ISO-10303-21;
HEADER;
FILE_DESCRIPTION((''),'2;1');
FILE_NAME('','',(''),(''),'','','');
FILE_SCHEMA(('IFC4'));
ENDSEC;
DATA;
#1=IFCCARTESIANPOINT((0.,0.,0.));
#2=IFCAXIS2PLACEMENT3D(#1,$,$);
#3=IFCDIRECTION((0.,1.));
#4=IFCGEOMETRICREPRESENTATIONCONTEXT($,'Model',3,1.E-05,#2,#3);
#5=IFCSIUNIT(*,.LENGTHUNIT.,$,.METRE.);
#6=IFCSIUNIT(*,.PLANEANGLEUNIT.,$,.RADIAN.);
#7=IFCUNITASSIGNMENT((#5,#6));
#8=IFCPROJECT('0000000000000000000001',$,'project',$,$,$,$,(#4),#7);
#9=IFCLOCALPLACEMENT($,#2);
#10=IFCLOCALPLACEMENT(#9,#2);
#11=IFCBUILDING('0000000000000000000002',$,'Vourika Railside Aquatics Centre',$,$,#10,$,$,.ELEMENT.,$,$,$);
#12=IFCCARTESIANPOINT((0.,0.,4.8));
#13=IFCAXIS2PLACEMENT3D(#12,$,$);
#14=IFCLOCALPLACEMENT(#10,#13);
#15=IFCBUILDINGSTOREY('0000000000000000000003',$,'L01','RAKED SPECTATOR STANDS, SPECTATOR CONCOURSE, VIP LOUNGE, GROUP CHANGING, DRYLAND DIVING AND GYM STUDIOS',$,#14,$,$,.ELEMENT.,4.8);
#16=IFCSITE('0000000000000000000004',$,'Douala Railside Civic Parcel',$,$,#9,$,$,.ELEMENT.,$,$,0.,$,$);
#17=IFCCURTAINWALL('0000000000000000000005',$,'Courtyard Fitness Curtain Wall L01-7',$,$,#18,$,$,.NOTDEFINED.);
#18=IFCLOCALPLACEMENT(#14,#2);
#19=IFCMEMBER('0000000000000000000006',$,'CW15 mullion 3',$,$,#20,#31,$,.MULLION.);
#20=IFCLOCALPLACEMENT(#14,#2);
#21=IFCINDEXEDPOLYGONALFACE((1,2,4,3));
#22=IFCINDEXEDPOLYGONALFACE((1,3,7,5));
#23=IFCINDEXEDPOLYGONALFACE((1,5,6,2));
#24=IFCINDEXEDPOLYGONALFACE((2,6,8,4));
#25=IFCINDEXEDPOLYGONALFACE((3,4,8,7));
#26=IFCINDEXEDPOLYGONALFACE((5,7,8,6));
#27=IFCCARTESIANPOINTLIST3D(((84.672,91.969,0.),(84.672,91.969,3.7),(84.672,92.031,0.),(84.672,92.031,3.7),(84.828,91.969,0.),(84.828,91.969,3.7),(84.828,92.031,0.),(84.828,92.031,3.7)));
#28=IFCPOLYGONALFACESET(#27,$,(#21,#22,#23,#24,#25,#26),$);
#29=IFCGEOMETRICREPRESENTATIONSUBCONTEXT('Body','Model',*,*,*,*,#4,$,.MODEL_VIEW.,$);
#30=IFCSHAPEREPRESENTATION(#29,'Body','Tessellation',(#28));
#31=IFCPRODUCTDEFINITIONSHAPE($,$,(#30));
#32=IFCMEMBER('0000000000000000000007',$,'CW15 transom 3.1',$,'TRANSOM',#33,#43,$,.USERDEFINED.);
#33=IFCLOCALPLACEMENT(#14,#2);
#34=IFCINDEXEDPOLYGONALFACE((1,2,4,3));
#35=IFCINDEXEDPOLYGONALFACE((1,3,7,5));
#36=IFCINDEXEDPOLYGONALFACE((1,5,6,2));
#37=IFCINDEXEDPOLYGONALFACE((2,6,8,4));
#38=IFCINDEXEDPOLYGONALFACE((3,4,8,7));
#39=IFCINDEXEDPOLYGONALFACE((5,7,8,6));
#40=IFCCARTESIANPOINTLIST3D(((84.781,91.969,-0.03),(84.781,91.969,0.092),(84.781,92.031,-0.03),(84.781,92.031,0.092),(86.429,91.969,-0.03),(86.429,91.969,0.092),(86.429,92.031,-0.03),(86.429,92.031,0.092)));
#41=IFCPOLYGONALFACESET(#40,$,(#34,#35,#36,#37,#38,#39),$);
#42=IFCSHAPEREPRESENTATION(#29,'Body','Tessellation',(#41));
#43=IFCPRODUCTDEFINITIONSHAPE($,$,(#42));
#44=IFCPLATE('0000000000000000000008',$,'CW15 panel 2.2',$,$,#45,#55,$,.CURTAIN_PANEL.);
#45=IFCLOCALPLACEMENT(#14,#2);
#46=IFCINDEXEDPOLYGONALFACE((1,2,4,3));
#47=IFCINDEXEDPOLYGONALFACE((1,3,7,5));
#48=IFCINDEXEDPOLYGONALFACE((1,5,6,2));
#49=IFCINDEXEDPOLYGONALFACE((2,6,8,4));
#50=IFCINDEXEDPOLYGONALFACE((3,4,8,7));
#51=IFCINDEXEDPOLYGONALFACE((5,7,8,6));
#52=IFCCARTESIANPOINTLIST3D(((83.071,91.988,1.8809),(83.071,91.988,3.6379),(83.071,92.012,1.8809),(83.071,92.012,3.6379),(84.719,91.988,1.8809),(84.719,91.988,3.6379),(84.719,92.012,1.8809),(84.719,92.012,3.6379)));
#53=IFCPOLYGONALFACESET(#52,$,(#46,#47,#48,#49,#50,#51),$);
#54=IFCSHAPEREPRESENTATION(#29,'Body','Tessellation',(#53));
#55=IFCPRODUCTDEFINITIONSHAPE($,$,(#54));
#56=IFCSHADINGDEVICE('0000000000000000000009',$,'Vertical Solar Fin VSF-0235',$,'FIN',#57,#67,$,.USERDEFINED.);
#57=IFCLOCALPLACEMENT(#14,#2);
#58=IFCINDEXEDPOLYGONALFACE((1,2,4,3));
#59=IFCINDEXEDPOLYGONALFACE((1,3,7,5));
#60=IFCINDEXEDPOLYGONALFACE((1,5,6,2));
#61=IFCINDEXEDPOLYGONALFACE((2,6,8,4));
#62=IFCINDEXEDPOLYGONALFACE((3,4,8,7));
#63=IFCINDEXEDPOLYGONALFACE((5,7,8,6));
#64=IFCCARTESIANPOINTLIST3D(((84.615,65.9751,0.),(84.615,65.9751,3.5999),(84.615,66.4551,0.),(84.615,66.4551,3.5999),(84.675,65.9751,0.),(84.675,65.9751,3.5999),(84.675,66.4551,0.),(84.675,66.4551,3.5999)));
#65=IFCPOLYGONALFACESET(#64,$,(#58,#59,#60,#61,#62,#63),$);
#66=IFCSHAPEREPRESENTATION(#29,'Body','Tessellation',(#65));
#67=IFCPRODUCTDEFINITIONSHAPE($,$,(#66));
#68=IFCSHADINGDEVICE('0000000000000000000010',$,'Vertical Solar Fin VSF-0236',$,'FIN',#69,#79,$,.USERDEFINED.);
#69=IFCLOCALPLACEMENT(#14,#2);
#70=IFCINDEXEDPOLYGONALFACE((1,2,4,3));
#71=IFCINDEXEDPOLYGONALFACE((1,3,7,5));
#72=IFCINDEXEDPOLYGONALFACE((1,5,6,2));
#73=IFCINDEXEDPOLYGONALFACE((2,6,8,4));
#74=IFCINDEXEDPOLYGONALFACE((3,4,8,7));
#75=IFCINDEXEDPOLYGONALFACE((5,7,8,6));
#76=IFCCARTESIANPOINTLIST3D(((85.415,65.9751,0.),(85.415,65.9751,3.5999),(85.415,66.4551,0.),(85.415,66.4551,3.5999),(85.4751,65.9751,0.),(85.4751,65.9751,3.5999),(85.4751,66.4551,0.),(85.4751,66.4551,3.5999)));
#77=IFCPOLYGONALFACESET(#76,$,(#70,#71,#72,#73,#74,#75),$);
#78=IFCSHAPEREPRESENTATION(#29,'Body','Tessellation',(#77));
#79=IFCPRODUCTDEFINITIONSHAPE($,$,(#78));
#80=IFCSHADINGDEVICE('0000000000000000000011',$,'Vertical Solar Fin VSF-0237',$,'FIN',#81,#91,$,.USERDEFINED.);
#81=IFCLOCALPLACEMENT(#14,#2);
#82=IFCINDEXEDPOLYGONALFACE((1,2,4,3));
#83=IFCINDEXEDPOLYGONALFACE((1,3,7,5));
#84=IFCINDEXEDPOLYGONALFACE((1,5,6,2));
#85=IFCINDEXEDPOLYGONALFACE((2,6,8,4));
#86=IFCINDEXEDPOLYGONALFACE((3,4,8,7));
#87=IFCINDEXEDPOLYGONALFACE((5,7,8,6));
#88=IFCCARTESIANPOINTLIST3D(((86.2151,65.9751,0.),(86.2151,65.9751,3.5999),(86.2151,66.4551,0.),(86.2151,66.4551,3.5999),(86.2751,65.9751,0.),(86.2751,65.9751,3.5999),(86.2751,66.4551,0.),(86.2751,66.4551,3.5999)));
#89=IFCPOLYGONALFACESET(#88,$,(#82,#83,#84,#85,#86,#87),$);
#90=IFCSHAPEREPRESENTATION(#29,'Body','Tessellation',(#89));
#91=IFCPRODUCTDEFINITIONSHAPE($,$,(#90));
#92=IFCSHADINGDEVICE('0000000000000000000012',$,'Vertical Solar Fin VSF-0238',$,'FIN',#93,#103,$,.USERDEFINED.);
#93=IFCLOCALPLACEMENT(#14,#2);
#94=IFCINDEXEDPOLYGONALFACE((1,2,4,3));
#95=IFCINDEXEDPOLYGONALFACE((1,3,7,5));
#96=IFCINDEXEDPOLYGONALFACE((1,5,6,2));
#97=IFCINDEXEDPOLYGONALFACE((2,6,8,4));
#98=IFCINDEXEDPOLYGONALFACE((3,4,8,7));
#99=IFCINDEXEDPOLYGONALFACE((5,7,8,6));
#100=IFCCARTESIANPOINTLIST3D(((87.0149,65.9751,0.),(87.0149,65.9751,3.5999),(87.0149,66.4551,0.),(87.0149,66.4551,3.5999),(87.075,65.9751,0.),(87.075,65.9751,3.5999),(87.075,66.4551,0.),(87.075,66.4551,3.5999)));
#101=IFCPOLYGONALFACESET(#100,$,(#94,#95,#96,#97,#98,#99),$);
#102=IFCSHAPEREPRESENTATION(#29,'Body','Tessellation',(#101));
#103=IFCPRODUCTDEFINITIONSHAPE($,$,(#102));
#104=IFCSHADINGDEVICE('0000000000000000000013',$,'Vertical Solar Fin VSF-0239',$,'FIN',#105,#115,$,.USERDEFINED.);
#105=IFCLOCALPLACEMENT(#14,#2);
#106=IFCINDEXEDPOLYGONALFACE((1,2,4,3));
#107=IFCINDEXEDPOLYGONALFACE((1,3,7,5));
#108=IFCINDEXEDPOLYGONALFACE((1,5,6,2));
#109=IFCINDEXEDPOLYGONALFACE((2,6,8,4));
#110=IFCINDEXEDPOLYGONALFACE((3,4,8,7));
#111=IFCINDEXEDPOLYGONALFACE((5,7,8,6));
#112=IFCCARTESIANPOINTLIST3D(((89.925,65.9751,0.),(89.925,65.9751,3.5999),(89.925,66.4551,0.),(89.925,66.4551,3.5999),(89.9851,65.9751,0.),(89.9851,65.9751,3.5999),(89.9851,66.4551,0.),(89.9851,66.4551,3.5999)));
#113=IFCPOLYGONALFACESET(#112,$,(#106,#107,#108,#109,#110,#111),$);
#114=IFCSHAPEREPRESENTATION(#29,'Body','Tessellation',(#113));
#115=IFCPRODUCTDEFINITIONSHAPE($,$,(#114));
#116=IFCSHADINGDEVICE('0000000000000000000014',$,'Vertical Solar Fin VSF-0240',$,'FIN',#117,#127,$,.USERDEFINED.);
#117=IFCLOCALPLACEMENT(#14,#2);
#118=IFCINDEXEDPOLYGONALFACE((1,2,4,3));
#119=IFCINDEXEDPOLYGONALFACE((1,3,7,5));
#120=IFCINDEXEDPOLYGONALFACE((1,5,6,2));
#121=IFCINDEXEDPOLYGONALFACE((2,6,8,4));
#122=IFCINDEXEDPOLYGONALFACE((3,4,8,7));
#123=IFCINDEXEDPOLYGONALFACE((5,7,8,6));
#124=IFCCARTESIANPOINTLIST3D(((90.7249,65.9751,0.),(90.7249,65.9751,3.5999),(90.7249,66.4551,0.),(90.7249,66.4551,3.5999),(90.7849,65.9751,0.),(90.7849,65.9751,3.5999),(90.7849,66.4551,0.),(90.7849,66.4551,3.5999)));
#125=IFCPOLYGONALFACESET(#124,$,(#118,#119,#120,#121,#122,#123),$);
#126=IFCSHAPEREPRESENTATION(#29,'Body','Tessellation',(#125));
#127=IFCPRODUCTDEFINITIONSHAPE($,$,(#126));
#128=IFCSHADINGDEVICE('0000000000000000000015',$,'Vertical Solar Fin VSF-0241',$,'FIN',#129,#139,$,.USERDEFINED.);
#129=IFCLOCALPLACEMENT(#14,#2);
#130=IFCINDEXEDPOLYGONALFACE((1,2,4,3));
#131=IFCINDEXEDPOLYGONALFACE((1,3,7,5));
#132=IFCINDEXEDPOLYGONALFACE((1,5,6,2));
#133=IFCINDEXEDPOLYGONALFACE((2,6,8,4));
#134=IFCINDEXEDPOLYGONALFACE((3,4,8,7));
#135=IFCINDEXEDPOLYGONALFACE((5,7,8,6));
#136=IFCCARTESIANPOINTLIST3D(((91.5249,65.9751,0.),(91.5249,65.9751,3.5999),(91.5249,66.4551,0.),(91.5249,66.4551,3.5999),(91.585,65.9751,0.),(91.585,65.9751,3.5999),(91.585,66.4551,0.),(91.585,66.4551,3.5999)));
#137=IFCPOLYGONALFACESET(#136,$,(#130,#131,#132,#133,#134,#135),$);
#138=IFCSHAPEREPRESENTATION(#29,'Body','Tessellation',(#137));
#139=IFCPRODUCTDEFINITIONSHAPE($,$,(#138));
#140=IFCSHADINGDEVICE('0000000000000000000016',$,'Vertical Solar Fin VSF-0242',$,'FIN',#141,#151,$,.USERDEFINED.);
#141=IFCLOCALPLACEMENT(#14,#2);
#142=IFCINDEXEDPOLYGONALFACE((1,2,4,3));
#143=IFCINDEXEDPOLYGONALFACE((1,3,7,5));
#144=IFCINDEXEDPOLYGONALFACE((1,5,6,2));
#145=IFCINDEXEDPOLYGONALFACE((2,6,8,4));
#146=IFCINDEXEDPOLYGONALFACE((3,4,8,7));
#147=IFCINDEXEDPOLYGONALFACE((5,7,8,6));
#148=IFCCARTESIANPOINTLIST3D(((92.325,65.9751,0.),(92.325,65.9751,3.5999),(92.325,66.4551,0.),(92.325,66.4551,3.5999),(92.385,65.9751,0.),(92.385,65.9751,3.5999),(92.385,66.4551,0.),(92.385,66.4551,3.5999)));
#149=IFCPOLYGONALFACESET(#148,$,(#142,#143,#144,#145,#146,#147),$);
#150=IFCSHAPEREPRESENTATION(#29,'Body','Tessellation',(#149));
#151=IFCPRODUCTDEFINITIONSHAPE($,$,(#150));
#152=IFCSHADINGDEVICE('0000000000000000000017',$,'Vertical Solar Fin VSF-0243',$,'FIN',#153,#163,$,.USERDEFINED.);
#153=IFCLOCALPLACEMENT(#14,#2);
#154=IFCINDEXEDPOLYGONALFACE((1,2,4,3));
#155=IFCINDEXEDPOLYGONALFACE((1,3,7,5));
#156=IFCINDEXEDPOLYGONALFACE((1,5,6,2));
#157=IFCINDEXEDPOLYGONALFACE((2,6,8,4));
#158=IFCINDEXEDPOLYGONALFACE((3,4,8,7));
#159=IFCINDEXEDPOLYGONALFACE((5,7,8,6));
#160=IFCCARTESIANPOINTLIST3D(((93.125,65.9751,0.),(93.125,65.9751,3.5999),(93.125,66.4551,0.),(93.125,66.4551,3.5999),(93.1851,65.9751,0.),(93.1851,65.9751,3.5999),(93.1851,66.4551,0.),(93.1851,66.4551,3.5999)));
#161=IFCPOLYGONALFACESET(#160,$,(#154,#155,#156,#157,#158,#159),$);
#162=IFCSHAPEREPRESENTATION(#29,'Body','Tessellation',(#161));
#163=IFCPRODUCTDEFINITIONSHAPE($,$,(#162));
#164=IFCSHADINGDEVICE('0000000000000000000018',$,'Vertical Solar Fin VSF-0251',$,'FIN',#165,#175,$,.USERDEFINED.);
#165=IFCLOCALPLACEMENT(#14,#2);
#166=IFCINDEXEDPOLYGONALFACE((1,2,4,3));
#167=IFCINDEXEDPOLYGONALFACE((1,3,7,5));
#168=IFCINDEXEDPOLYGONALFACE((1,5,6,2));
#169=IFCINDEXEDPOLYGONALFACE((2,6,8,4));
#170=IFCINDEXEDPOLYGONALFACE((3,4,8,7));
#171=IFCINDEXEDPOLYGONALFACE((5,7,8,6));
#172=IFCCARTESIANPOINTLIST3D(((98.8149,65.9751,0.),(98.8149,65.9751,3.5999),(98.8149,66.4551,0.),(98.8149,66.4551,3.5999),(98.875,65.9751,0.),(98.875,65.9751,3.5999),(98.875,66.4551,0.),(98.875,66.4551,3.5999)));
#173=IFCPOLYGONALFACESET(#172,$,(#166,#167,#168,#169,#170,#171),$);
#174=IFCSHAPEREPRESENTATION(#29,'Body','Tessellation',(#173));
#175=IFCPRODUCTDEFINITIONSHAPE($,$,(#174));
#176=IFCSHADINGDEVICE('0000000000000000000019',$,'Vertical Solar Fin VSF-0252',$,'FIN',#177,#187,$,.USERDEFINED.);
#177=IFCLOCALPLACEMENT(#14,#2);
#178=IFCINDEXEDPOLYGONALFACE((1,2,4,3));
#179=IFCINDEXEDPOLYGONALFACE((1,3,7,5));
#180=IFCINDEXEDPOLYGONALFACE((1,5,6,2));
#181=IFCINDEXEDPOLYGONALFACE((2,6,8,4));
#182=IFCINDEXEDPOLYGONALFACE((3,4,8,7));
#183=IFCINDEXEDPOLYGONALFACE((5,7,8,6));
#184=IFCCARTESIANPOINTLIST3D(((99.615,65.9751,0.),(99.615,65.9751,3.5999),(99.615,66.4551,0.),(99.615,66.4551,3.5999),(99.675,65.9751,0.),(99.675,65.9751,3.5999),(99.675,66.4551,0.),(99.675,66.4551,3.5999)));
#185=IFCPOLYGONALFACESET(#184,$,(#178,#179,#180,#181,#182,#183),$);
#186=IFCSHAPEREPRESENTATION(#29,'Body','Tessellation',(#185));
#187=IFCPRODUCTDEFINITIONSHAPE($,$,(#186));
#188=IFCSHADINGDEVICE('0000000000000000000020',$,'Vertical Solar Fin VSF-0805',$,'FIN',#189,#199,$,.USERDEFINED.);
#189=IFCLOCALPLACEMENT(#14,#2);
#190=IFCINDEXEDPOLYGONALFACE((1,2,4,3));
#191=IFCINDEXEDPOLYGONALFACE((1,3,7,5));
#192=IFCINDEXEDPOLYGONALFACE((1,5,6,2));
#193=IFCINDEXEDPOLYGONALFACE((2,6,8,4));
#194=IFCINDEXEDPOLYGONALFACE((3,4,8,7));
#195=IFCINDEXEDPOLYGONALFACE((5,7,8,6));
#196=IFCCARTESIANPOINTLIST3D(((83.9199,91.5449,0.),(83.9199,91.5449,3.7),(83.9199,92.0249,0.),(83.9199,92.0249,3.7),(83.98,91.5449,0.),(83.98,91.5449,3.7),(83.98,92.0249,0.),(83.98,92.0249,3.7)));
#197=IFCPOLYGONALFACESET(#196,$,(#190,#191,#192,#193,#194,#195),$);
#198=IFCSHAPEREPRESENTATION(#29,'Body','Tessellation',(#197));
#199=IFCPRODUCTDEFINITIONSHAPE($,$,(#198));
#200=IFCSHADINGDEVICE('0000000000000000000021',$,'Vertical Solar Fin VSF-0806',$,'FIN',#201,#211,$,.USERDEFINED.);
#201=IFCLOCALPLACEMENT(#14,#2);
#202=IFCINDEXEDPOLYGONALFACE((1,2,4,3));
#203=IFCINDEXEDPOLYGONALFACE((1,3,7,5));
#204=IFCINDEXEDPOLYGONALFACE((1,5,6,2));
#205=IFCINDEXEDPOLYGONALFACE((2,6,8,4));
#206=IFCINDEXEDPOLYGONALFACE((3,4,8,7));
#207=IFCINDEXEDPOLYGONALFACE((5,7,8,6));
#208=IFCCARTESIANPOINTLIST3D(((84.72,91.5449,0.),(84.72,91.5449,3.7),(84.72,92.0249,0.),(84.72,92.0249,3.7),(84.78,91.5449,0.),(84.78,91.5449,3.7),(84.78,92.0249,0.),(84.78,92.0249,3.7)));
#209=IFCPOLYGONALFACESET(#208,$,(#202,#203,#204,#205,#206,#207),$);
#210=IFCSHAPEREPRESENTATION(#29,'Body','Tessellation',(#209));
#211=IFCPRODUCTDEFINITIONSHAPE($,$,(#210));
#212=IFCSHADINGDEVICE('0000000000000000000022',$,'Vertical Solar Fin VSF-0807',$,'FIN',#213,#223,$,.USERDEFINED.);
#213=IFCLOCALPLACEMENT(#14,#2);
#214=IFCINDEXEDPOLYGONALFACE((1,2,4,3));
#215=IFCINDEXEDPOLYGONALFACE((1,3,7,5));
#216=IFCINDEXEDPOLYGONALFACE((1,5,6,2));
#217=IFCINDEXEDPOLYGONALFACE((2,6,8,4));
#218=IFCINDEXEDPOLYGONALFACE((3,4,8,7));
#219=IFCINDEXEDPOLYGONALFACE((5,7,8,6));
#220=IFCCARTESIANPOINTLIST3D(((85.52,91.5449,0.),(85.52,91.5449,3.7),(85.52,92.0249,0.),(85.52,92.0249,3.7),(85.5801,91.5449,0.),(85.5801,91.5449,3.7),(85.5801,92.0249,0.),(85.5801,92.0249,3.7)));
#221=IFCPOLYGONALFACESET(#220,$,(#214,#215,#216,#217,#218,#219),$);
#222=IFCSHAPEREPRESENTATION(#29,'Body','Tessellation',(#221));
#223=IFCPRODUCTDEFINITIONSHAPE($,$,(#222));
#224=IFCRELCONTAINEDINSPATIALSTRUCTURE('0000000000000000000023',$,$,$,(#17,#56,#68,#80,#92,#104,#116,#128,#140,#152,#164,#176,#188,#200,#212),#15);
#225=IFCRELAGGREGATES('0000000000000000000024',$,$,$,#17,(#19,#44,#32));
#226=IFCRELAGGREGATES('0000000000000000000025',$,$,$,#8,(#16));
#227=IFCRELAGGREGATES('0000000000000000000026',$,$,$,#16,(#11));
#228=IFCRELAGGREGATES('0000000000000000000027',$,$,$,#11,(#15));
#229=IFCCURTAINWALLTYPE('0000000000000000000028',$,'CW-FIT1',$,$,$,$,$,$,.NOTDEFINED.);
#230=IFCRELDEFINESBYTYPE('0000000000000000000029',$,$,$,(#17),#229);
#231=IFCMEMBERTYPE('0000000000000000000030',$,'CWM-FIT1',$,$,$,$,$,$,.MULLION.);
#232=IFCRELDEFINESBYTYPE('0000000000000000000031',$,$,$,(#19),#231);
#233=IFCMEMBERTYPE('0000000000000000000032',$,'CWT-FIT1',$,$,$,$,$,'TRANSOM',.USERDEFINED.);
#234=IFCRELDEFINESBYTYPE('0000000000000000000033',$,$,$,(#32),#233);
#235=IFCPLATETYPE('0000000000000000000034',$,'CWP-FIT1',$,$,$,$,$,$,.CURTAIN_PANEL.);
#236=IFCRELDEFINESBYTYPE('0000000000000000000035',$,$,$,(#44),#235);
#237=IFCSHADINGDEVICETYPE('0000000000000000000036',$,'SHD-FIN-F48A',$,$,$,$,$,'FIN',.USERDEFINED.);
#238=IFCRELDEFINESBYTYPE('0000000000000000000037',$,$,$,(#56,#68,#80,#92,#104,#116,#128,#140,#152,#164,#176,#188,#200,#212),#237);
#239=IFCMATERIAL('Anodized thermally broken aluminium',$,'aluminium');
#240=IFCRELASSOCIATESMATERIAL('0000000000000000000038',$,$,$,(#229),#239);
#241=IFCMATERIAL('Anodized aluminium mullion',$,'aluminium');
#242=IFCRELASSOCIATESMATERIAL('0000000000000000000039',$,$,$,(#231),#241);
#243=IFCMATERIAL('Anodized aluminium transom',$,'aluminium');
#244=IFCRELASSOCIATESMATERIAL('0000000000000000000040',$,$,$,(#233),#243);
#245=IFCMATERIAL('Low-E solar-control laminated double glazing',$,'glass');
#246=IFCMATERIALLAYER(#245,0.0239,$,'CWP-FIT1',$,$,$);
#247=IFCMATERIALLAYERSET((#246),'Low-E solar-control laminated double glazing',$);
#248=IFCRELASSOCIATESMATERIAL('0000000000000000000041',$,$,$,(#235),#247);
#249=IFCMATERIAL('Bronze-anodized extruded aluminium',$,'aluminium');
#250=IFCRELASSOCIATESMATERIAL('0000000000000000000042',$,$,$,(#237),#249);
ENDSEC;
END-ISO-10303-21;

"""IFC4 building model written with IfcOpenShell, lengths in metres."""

from ifc_helpers import new_model, si_unit, direction, frame, origin, origin_2d, place, context, subcontext, project, spatial, rectangle, extrude, material, layer, layer_set, material_profile, profile_set, type_object, element, aggregate, save


model = new_model("IFC4")

# Units and contexts
model_context = context("Model", 3, precision=1e-05, world=origin(), true_north=direction((0.0, 1.0)))
body_context = subcontext(model_context, "Body", "Model", "MODEL_VIEW")
ifc_project = project(units=[si_unit("LENGTHUNIT", "METRE"), si_unit("PLANEANGLEUNIT", "RADIAN")], contexts=[model_context])

# Site, building, storey
site_placement = place(None, origin())
site = spatial("IfcSite", under=ifc_project, at=site_placement, Name="Douala Railside Civic Parcel", CompositionType="ELEMENT", RefElevation=0.0)
building_placement = place(site_placement, origin())
building = spatial("IfcBuilding", under=site, at=building_placement, Name="Vourika Railside Aquatics Centre", CompositionType="ELEMENT")
storey_placement = place(building_placement, frame((0.0, 0.0, 4.8)))
storey = spatial("IfcBuildingStorey", under=building, at=storey_placement, Name="L01", Description="RAKED SPECTATOR STANDS, SPECTATOR CONCOURSE, VIP LOUNGE, GROUP CHANGING, DRYLAND DIVING AND GYM STUDIOS", CompositionType="ELEMENT", Elevation=4.8)

# Curtain wall, members, plate
ifc_material_1 = material(Name="Anodized thermally broken aluminium", Category="aluminium")
curtain_wall_type = type_object("IfcCurtainWallType", Name="CW-FIT1", PredefinedType="NOTDEFINED", material=ifc_material_1)
curtain_wall_placement = place(storey_placement, origin())
curtain_wall = element("IfcCurtainWall", 1, at=curtain_wall_placement, inside=storey, type_object=curtain_wall_type, Name="Courtyard Fitness Curtain Wall L01-7", PredefinedType="NOTDEFINED")
ifc_material_2 = material(Name="Anodized aluminium mullion", Category="aluminium")
ifc_material_profile_1 = material_profile(ifc_material_2, rectangle(XDim=0.062, YDim=0.156, at=origin_2d()), Name="ALU-M 62x156")
ifc_profile_set_1 = profile_set([ifc_material_profile_1], Name="Anodized aluminium mullion")
member_type_1 = type_object("IfcMemberType", Name="CWM-FIT1", PredefinedType="MULLION", material=ifc_profile_set_1)
member_1_placement = place(storey_placement, frame((84.75, 92.0, 0.0), z_axis=(0.0, 0.0, 1.0), x_axis=(0.0, 1.0, 0.0)))
member_1 = element("IfcMember", 2, at=member_1_placement, type_object=member_type_1, Name="CW15 mullion 3", PredefinedType="MULLION", context=body_context, shape_type="SweptSolid", body=[
    extrude(rectangle(XDim=0.062, YDim=0.156, at=origin_2d()), origin(), (0.0, 0.0, 1.0), 3.7),
])
ifc_material_3 = material(Name="Anodized aluminium transom", Category="aluminium")
ifc_material_profile_2 = material_profile(ifc_material_3, rectangle(XDim=0.062, YDim=0.1221, at=origin_2d()), Name="ALU-T 62x122")
ifc_profile_set_2 = profile_set([ifc_material_profile_2], Name="Anodized aluminium transom")
member_type_2 = type_object("IfcMemberType", Name="CWT-FIT1", ElementType="TRANSOM", PredefinedType="USERDEFINED", material=ifc_profile_set_2)
member_2_placement = place(storey_placement, frame((84.781, 92.0, 0.031), z_axis=(1.0, 0.0, 0.0), x_axis=(0.0, 1.0, 0.0)))
member_2 = element("IfcMember", 3, at=member_2_placement, type_object=member_type_2, Name="CW15 transom 3.1", ObjectType="TRANSOM", PredefinedType="USERDEFINED", context=body_context, shape_type="SweptSolid", body=[
    extrude(rectangle(XDim=0.062, YDim=0.1221, at=origin_2d()), origin(), (0.0, 0.0, 1.0), 1.6479),
])
ifc_material_4 = material(Name="Low-E solar-control laminated double glazing", Category="glass")
ifc_layer = layer(ifc_material_4, 0.0239, Name="CWP-FIT1")
ifc_layer_set = layer_set([ifc_layer], Name="Low-E solar-control laminated double glazing")
plate_type = type_object("IfcPlateType", Name="CWP-FIT1", PredefinedType="CURTAIN_PANEL", material=ifc_layer_set)
plate_placement = place(storey_placement, frame((83.895, 92.0, 1.8809), z_axis=(0.0, 0.0, 1.0), x_axis=(1.0, 0.0, 0.0)))
plate = element("IfcPlate", 4, at=plate_placement, type_object=plate_type, Name="CW15 panel 2.2", PredefinedType="CURTAIN_PANEL", context=body_context, shape_type="SweptSolid", body=[
    extrude(rectangle(XDim=1.6479, YDim=0.0239, at=origin_2d()), origin(), (0.0, 0.0, 1.0), 1.7571),
])
aggregate(curtain_wall, [member_1, plate, member_2])

# Shading devices
ifc_material_5 = material(Name="Bronze-anodized extruded aluminium", Category="aluminium")
ifc_material_profile_3 = material_profile(ifc_material_5, rectangle(XDim=0.0601, YDim=0.48, at=origin_2d()), Name="ALU-FIN 60x480")
ifc_profile_set_3 = profile_set([ifc_material_profile_3], Name="Bronze-anodized extruded aluminium")
shading_device_type = type_object("IfcShadingDeviceType", Name="SHD-FIN-F48A", ElementType="FIN", PredefinedType="USERDEFINED", material=ifc_profile_set_3)
for number, where, z_axis, x_axis, name in (
    (5, (84.645, 66.2151, 0.0), (0.0, 0.0, 1.0), (1.0, 0.0, 0.0), "Vertical Solar Fin VSF-0235"),
    (6, (85.4451, 66.2151, 0.0), (0.0, 0.0, 1.0), (1.0, 0.0, 0.0), "Vertical Solar Fin VSF-0236"),
    (7, (86.2451, 66.2151, 0.0), (0.0, 0.0, 1.0), (1.0, 0.0, 0.0), "Vertical Solar Fin VSF-0237"),
    (8, (87.0449, 66.2151, 0.0), (0.0, 0.0, 1.0), (1.0, 0.0, 0.0), "Vertical Solar Fin VSF-0238"),
    (9, (89.9551, 66.2151, 0.0), (0.0, 0.0, 1.0), (1.0, 0.0, 0.0), "Vertical Solar Fin VSF-0239"),
    (10, (90.7549, 66.2151, 0.0), (0.0, 0.0, 1.0), (1.0, 0.0, 0.0), "Vertical Solar Fin VSF-0240"),
    (11, (91.5549, 66.2151, 0.0), (0.0, 0.0, 1.0), (1.0, 0.0, 0.0), "Vertical Solar Fin VSF-0241"),
    (12, (92.355, 66.2151, 0.0), (0.0, 0.0, 1.0), (1.0, 0.0, 0.0), "Vertical Solar Fin VSF-0242"),
    (13, (93.155, 66.2151, 0.0), (0.0, 0.0, 1.0), (1.0, 0.0, 0.0), "Vertical Solar Fin VSF-0243"),
    (14, (98.845, 66.2151, 0.0), (0.0, 0.0, 1.0), (1.0, 0.0, 0.0), "Vertical Solar Fin VSF-0251"),
    (15, (99.645, 66.2151, 0.0), (0.0, 0.0, 1.0), (1.0, 0.0, 0.0), "Vertical Solar Fin VSF-0252"),
):
    element("IfcShadingDevice", number, at=place(storey_placement, frame(where, z_axis=z_axis, x_axis=x_axis)), inside=storey, type_object=shading_device_type, Name=name, ObjectType="FIN", PredefinedType="USERDEFINED", context=body_context, shape_type="SweptSolid", body=[
        extrude(rectangle(XDim=0.0601, YDim=0.48, at=origin_2d()), origin(), (0.0, 0.0, 1.0), 3.5999),
    ])
for number, where, z_axis, x_axis, name in (
    (16, (83.95, 91.7849, 0.0), (0.0, 0.0, 1.0), (-1.0, 0.0, 0.0), "Vertical Solar Fin VSF-0805"),
    (17, (84.75, 91.7849, 0.0), (0.0, 0.0, 1.0), (-1.0, 0.0, 0.0), "Vertical Solar Fin VSF-0806"),
    (18, (85.55, 91.7849, 0.0), (0.0, 0.0, 1.0), (-1.0, 0.0, 0.0), "Vertical Solar Fin VSF-0807"),
):
    element("IfcShadingDevice", number, at=place(storey_placement, frame(where, z_axis=z_axis, x_axis=x_axis)), inside=storey, type_object=shading_device_type, Name=name, ObjectType="FIN", PredefinedType="USERDEFINED", context=body_context, shape_type="SweptSolid", body=[
        extrude(rectangle(XDim=0.0601, YDim=0.48, at=origin_2d()), origin(), (0.0, 0.0, 1.0), 3.7),
    ])

save(model, "model.ifc")
